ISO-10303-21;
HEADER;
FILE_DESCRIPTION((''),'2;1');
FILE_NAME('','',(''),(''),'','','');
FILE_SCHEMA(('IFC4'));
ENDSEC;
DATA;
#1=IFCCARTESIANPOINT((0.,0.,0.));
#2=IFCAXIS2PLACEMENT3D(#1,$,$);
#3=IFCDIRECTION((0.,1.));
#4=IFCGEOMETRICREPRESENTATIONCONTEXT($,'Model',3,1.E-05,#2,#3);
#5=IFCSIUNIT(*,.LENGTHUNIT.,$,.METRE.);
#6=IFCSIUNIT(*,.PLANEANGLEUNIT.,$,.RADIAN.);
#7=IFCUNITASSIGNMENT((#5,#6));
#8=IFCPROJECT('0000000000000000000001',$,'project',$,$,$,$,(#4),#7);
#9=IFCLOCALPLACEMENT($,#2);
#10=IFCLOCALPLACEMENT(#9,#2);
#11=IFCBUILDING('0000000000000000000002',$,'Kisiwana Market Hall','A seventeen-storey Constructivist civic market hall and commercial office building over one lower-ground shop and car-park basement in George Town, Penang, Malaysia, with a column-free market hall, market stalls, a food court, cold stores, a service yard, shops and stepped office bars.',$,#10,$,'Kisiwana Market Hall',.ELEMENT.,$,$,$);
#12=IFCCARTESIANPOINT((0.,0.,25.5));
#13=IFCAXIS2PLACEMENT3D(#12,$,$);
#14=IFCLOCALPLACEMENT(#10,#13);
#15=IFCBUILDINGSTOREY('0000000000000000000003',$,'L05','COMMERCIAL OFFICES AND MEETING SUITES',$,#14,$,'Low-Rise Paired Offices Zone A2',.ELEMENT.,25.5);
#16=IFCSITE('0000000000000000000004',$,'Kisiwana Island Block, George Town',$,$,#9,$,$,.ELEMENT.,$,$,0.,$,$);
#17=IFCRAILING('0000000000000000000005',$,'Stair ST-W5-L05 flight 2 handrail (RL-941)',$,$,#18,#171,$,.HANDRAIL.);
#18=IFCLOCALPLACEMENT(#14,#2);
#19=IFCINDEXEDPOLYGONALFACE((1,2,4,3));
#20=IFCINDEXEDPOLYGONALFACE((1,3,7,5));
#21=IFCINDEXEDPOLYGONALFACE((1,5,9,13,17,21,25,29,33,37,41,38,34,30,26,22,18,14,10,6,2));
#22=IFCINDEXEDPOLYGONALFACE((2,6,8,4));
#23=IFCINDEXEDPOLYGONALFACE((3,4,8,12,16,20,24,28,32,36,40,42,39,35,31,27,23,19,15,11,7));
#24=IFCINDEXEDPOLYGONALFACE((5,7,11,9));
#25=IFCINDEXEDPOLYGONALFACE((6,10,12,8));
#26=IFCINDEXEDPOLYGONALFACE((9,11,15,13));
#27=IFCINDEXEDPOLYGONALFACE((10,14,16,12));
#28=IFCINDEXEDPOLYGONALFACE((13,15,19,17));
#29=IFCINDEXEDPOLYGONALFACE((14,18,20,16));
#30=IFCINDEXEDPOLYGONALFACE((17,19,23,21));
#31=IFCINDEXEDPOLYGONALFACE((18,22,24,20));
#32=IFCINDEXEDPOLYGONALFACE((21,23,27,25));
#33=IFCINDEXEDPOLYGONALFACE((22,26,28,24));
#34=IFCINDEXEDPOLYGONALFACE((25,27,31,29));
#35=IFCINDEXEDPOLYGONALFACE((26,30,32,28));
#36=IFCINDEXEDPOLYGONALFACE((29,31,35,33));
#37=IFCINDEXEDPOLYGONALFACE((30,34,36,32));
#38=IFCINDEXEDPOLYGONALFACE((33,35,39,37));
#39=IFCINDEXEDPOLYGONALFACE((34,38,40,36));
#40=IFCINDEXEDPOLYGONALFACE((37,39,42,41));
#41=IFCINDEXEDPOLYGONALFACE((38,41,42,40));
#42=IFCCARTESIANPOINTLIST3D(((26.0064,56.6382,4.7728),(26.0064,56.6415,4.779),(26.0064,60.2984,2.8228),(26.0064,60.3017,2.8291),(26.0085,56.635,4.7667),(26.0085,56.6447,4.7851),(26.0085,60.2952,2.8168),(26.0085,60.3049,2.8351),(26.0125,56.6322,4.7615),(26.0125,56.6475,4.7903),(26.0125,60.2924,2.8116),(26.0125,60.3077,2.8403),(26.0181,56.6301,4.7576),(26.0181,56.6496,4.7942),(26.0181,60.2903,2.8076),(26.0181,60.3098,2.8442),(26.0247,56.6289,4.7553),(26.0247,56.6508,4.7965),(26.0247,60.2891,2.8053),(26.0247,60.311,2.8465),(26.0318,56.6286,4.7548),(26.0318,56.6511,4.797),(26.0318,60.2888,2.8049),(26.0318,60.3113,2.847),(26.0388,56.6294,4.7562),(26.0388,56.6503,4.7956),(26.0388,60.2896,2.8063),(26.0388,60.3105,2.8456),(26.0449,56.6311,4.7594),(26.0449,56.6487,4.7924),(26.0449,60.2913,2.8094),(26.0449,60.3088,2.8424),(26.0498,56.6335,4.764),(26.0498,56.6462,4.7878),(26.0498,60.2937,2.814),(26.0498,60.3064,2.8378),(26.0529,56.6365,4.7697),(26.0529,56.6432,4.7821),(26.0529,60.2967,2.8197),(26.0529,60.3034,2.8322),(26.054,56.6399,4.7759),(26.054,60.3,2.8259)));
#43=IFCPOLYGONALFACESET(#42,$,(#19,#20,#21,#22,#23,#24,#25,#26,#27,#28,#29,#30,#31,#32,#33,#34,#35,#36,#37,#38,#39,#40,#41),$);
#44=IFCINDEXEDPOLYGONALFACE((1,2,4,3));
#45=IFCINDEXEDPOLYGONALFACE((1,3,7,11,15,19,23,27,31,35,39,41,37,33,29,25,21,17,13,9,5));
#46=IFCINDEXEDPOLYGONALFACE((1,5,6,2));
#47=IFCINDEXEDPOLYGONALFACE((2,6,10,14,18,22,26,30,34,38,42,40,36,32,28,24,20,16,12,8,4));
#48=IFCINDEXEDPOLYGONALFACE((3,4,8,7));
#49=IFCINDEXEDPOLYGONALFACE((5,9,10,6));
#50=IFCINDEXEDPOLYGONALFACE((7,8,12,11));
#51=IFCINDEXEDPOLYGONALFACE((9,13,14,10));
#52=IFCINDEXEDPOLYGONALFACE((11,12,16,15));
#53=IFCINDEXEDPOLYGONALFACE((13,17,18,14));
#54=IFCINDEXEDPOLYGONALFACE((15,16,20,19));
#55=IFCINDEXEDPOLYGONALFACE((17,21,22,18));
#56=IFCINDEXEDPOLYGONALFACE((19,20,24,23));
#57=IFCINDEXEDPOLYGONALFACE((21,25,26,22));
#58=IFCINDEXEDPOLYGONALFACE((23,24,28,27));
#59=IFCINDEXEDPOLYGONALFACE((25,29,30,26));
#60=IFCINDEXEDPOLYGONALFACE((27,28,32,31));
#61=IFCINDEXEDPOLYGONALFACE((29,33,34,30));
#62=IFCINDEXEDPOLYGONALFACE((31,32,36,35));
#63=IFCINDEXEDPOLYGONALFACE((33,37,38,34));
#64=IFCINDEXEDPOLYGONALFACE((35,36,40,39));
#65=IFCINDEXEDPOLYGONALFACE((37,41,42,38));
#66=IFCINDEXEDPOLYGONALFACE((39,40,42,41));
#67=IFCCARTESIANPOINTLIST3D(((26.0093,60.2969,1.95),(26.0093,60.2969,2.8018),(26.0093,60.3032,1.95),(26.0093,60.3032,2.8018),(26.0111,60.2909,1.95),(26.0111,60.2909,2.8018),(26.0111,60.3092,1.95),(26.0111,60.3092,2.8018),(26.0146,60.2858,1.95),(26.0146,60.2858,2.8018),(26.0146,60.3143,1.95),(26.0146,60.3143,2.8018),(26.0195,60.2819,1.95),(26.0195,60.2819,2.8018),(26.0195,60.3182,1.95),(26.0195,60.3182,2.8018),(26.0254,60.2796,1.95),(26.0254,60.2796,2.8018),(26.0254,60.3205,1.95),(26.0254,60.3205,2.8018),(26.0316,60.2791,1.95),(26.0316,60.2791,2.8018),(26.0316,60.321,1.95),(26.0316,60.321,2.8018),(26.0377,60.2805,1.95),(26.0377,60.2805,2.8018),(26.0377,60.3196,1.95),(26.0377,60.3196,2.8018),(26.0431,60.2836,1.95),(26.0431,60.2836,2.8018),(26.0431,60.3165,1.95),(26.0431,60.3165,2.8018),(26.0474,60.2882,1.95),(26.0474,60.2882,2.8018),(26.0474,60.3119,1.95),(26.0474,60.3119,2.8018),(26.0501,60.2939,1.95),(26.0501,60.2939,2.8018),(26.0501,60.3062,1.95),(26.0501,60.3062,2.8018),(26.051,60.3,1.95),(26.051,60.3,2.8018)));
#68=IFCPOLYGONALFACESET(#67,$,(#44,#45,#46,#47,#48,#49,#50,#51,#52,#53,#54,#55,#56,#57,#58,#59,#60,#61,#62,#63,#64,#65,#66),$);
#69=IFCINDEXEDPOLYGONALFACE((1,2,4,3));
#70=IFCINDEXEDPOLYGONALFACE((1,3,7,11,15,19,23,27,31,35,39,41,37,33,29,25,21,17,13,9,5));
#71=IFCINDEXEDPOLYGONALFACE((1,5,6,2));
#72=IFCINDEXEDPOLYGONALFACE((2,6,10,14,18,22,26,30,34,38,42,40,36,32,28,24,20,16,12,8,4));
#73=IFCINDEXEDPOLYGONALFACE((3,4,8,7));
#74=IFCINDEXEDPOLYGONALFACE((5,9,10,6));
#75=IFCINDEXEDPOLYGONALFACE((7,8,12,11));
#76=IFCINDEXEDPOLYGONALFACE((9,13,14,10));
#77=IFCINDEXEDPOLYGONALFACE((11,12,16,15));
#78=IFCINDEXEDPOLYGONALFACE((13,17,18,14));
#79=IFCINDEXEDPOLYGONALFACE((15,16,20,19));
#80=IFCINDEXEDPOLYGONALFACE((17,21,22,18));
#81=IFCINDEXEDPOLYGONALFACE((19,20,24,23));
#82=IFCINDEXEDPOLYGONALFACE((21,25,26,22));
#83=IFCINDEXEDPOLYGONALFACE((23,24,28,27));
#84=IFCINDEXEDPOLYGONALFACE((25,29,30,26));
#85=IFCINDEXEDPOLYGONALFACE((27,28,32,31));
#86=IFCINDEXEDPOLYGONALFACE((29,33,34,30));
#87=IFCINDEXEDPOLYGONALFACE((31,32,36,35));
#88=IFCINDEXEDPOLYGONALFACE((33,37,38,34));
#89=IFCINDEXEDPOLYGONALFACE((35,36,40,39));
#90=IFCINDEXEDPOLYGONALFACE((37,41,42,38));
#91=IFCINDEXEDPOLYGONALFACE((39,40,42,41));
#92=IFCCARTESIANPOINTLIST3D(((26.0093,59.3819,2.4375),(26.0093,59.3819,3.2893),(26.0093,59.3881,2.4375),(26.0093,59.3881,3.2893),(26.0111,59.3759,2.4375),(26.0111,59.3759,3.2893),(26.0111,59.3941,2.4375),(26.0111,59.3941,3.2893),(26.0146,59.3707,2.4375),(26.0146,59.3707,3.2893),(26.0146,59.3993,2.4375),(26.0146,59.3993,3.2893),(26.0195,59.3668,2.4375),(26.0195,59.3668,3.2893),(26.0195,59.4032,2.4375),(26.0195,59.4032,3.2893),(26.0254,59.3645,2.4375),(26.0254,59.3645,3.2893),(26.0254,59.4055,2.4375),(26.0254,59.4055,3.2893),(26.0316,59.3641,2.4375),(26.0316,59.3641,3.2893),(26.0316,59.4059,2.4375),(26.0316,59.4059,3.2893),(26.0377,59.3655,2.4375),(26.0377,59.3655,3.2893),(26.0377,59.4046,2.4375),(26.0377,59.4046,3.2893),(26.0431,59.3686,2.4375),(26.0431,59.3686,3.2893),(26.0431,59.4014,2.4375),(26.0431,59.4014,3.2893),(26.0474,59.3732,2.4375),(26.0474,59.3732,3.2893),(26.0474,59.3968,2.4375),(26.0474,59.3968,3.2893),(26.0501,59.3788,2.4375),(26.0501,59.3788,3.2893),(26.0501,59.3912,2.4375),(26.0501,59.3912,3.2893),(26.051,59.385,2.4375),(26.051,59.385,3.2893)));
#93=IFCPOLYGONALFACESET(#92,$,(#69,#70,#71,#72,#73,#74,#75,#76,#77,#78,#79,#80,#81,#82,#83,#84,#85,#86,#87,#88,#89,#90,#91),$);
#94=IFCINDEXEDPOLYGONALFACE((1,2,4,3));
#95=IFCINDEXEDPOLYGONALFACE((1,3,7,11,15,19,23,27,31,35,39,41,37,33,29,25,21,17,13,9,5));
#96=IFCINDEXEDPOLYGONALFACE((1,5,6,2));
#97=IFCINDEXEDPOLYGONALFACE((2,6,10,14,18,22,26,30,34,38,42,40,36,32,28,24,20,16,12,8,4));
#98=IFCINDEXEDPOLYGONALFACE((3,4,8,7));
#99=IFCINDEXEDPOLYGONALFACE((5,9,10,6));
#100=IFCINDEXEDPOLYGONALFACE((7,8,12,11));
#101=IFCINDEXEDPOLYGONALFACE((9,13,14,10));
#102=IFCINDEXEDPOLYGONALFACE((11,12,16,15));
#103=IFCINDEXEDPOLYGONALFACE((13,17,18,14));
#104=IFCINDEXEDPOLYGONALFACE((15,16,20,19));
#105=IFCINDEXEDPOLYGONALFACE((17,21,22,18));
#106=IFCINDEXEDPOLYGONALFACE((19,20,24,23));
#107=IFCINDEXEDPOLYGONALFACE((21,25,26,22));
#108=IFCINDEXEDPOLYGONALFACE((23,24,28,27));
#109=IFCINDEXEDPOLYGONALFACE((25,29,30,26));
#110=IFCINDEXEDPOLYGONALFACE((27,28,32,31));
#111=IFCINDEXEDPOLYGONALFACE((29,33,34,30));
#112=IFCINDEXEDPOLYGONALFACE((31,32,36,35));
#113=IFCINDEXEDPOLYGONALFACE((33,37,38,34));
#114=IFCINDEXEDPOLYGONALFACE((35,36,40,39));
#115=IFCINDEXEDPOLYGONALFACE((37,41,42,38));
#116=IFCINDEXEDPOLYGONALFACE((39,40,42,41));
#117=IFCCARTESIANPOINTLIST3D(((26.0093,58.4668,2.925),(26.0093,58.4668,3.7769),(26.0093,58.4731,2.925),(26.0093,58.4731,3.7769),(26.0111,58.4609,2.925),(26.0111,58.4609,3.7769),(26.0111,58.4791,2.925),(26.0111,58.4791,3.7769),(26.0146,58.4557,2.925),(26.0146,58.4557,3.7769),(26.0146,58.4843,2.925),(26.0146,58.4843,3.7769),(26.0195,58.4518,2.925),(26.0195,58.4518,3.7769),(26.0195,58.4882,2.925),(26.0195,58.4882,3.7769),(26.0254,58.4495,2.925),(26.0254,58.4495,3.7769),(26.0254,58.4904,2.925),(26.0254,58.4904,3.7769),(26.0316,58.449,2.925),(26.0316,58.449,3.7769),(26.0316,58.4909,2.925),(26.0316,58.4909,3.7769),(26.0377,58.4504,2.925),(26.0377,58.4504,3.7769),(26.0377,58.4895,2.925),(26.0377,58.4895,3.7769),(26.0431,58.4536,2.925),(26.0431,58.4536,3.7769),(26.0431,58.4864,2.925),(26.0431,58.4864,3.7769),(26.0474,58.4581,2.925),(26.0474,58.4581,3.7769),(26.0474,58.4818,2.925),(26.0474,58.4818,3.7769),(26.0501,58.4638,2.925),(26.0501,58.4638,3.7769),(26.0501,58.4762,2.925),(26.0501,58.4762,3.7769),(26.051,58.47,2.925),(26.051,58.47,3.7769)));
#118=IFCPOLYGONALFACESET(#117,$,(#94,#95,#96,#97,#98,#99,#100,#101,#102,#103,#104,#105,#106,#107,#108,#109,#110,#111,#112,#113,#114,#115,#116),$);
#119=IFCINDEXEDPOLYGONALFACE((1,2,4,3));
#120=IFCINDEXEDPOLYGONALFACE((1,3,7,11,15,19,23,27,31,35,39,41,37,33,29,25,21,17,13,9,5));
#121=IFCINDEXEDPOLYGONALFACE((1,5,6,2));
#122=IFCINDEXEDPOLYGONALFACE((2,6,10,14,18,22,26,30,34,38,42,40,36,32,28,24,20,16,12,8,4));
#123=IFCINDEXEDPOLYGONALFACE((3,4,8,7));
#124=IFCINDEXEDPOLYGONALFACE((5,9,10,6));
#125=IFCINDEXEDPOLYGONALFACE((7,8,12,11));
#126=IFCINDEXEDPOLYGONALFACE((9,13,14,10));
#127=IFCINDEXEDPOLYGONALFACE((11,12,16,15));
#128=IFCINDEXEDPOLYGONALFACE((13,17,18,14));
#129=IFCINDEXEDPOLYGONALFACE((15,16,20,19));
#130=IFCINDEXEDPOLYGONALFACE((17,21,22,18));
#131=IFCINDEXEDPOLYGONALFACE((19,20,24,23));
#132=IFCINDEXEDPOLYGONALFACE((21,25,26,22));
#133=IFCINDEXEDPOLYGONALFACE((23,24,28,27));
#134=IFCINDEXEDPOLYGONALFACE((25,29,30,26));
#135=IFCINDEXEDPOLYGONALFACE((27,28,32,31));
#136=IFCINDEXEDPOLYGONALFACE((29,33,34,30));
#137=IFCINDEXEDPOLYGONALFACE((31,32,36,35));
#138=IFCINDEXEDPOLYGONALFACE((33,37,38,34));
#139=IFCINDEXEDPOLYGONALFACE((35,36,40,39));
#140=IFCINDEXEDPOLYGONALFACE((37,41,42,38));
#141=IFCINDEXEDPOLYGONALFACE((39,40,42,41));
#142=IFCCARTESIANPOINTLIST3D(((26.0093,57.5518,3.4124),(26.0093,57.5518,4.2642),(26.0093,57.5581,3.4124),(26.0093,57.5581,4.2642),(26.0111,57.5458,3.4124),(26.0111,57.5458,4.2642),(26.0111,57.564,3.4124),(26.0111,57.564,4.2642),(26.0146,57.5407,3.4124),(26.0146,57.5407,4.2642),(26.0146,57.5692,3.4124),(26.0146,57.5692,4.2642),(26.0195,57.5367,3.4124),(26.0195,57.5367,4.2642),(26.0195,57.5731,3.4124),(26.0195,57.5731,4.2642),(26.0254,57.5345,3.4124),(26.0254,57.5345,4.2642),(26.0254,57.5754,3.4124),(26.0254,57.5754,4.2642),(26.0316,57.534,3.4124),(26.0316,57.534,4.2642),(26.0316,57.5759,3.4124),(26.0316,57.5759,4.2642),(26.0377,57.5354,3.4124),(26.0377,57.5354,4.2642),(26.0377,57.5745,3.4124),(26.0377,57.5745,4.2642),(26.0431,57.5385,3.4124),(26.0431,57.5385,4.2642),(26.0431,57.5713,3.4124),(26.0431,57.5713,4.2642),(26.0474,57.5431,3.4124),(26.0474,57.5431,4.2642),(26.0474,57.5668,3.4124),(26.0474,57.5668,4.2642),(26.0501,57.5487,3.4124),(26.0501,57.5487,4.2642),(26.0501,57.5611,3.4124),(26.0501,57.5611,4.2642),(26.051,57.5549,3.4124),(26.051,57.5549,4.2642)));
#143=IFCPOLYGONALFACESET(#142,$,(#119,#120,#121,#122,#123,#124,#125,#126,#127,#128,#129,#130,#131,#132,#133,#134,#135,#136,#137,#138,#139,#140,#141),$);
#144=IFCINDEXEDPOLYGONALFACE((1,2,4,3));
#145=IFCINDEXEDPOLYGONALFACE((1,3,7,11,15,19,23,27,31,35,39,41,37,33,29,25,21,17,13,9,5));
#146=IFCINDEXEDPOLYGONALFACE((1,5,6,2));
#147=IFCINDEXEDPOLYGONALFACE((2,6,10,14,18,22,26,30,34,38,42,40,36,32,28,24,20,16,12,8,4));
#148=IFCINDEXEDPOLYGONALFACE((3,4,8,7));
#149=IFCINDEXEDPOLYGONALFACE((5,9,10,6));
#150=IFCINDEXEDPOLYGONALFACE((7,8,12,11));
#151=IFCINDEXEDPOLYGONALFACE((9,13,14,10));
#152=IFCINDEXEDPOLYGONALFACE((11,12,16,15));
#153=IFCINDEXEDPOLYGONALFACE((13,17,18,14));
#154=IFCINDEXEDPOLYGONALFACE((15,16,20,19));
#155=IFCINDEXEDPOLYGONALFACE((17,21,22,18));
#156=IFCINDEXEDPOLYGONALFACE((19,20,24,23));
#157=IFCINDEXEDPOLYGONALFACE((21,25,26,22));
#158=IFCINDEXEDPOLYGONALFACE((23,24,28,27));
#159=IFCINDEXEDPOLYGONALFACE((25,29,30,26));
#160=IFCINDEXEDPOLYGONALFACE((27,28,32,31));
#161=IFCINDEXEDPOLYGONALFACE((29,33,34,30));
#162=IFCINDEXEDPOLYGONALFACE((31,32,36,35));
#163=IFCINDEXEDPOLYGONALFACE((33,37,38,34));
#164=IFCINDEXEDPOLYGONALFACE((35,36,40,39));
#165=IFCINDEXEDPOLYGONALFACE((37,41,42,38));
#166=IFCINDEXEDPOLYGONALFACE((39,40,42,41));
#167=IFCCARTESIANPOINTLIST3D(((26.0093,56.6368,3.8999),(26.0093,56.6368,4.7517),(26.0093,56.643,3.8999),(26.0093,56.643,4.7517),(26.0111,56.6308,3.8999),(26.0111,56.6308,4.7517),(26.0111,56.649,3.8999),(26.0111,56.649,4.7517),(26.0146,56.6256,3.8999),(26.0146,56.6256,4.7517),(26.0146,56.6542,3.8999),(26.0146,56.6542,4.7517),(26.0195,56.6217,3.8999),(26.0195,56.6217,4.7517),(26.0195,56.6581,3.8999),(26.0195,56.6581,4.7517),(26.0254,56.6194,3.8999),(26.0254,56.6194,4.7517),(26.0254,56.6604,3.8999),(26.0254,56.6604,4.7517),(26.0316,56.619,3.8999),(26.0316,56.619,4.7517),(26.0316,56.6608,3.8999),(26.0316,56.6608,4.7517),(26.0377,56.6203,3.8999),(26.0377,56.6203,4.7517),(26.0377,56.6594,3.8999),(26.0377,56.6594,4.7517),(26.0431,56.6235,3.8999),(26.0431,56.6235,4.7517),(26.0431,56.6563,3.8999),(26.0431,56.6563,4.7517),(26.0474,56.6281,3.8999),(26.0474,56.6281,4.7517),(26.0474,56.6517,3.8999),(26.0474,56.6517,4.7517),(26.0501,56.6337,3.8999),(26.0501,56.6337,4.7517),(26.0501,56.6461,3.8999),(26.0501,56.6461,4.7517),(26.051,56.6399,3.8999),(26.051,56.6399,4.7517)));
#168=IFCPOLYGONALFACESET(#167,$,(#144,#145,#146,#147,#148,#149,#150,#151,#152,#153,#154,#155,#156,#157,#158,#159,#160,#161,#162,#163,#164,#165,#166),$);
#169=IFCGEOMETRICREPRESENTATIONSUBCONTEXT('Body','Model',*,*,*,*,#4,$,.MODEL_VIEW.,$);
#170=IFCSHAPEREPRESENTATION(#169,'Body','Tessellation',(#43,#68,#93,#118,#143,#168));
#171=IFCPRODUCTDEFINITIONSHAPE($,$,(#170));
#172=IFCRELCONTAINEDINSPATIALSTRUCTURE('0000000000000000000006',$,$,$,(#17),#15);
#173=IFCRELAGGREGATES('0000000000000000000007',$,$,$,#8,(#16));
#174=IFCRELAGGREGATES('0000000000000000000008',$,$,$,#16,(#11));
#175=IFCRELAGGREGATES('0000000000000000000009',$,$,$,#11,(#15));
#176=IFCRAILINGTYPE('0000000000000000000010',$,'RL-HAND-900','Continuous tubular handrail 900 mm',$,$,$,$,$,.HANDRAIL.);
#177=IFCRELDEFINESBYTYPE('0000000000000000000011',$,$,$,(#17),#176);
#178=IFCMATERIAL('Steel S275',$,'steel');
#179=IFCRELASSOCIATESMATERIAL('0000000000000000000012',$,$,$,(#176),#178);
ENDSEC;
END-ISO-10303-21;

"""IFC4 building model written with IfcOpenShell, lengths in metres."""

from ifc_helpers import new_model, si_unit, direction, frame, origin, origin_2d, place, context, subcontext, project, spatial, circle, extrude, material, type_object, element, save


model = new_model("IFC4")

# Units and contexts
model_context = context("Model", 3, precision=1e-05, world=origin(), true_north=direction((0.0, 1.0)))
body_context = subcontext(model_context, "Body", "Model", "MODEL_VIEW")
ifc_project = project(units=[si_unit("LENGTHUNIT", "METRE"), si_unit("PLANEANGLEUNIT", "RADIAN")], contexts=[model_context])

# Site, building, storey
site_placement = place(None, origin())
site = spatial("IfcSite", under=ifc_project, at=site_placement, Name="Kisiwana Island Block, George Town", CompositionType="ELEMENT", RefElevation=0.0)
building_placement = place(site_placement, origin())
building = spatial("IfcBuilding", under=site, at=building_placement, Name="Kisiwana Market Hall", Description="A seventeen-storey Constructivist civic market hall and commercial office building over one lower-ground shop and car-park basement in George Town, Penang, Malaysia, with a column-free market hall, market stalls, a food court, cold stores, a service yard, shops and stepped office bars.", LongName="Kisiwana Market Hall", CompositionType="ELEMENT")
storey_placement = place(building_placement, frame((0.0, 0.0, 25.5)))
storey = spatial("IfcBuildingStorey", under=building, at=storey_placement, Name="L05", Description="COMMERCIAL OFFICES AND MEETING SUITES", LongName="Low-Rise Paired Offices Zone A2", CompositionType="ELEMENT", Elevation=25.5)

# Railing
ifc_material_1 = material(Name="Steel S275", Category="steel")
railing_type_1 = type_object("IfcRailingType", Name="RL-HAND-900", Description="Continuous tubular handrail 900 mm", PredefinedType="HANDRAIL", material=ifc_material_1)
for number, where, name in (
    (1, (26.03, 60.3, 1.95), "Stair ST-W5-L05 flight 2 handrail (RL-941)"),
):
    element("IfcRailing", number, at=place(storey_placement, frame(where)), inside=storey, type_object=railing_type_1, Name=name, PredefinedType="HANDRAIL", context=body_context, shape_type="SweptSolid", body=[
        extrude(circle(Radius=0.0239, at=origin_2d()), frame((0.0, 0.0, 0.876), z_axis=(0.0, -0.882566, 0.470188), x_axis=(1.0, 0.0, 0.0)), (0.0, 0.0, 1.0), 4.1472),
        extrude(circle(Radius=0.021, at=origin_2d()), origin(), (0.0, 0.0, 1.0), 0.8518),
        extrude(circle(Radius=0.021, at=origin_2d()), frame((0.0, -0.915, 0.4875)), (0.0, 0.0, 1.0), 0.8518),
        extrude(circle(Radius=0.021, at=origin_2d()), frame((0.0, -1.8301, 0.9751)), (0.0, 0.0, 1.0), 0.8518),
        extrude(circle(Radius=0.021, at=origin_2d()), frame((0.0, -2.7451, 1.4624)), (0.0, 0.0, 1.0), 0.8518),
        extrude(circle(Radius=0.021, at=origin_2d()), frame((0.0, -3.6602, 1.95)), (0.0, 0.0, 1.0), 0.8518),
    ])

save(model, "model.ifc")
